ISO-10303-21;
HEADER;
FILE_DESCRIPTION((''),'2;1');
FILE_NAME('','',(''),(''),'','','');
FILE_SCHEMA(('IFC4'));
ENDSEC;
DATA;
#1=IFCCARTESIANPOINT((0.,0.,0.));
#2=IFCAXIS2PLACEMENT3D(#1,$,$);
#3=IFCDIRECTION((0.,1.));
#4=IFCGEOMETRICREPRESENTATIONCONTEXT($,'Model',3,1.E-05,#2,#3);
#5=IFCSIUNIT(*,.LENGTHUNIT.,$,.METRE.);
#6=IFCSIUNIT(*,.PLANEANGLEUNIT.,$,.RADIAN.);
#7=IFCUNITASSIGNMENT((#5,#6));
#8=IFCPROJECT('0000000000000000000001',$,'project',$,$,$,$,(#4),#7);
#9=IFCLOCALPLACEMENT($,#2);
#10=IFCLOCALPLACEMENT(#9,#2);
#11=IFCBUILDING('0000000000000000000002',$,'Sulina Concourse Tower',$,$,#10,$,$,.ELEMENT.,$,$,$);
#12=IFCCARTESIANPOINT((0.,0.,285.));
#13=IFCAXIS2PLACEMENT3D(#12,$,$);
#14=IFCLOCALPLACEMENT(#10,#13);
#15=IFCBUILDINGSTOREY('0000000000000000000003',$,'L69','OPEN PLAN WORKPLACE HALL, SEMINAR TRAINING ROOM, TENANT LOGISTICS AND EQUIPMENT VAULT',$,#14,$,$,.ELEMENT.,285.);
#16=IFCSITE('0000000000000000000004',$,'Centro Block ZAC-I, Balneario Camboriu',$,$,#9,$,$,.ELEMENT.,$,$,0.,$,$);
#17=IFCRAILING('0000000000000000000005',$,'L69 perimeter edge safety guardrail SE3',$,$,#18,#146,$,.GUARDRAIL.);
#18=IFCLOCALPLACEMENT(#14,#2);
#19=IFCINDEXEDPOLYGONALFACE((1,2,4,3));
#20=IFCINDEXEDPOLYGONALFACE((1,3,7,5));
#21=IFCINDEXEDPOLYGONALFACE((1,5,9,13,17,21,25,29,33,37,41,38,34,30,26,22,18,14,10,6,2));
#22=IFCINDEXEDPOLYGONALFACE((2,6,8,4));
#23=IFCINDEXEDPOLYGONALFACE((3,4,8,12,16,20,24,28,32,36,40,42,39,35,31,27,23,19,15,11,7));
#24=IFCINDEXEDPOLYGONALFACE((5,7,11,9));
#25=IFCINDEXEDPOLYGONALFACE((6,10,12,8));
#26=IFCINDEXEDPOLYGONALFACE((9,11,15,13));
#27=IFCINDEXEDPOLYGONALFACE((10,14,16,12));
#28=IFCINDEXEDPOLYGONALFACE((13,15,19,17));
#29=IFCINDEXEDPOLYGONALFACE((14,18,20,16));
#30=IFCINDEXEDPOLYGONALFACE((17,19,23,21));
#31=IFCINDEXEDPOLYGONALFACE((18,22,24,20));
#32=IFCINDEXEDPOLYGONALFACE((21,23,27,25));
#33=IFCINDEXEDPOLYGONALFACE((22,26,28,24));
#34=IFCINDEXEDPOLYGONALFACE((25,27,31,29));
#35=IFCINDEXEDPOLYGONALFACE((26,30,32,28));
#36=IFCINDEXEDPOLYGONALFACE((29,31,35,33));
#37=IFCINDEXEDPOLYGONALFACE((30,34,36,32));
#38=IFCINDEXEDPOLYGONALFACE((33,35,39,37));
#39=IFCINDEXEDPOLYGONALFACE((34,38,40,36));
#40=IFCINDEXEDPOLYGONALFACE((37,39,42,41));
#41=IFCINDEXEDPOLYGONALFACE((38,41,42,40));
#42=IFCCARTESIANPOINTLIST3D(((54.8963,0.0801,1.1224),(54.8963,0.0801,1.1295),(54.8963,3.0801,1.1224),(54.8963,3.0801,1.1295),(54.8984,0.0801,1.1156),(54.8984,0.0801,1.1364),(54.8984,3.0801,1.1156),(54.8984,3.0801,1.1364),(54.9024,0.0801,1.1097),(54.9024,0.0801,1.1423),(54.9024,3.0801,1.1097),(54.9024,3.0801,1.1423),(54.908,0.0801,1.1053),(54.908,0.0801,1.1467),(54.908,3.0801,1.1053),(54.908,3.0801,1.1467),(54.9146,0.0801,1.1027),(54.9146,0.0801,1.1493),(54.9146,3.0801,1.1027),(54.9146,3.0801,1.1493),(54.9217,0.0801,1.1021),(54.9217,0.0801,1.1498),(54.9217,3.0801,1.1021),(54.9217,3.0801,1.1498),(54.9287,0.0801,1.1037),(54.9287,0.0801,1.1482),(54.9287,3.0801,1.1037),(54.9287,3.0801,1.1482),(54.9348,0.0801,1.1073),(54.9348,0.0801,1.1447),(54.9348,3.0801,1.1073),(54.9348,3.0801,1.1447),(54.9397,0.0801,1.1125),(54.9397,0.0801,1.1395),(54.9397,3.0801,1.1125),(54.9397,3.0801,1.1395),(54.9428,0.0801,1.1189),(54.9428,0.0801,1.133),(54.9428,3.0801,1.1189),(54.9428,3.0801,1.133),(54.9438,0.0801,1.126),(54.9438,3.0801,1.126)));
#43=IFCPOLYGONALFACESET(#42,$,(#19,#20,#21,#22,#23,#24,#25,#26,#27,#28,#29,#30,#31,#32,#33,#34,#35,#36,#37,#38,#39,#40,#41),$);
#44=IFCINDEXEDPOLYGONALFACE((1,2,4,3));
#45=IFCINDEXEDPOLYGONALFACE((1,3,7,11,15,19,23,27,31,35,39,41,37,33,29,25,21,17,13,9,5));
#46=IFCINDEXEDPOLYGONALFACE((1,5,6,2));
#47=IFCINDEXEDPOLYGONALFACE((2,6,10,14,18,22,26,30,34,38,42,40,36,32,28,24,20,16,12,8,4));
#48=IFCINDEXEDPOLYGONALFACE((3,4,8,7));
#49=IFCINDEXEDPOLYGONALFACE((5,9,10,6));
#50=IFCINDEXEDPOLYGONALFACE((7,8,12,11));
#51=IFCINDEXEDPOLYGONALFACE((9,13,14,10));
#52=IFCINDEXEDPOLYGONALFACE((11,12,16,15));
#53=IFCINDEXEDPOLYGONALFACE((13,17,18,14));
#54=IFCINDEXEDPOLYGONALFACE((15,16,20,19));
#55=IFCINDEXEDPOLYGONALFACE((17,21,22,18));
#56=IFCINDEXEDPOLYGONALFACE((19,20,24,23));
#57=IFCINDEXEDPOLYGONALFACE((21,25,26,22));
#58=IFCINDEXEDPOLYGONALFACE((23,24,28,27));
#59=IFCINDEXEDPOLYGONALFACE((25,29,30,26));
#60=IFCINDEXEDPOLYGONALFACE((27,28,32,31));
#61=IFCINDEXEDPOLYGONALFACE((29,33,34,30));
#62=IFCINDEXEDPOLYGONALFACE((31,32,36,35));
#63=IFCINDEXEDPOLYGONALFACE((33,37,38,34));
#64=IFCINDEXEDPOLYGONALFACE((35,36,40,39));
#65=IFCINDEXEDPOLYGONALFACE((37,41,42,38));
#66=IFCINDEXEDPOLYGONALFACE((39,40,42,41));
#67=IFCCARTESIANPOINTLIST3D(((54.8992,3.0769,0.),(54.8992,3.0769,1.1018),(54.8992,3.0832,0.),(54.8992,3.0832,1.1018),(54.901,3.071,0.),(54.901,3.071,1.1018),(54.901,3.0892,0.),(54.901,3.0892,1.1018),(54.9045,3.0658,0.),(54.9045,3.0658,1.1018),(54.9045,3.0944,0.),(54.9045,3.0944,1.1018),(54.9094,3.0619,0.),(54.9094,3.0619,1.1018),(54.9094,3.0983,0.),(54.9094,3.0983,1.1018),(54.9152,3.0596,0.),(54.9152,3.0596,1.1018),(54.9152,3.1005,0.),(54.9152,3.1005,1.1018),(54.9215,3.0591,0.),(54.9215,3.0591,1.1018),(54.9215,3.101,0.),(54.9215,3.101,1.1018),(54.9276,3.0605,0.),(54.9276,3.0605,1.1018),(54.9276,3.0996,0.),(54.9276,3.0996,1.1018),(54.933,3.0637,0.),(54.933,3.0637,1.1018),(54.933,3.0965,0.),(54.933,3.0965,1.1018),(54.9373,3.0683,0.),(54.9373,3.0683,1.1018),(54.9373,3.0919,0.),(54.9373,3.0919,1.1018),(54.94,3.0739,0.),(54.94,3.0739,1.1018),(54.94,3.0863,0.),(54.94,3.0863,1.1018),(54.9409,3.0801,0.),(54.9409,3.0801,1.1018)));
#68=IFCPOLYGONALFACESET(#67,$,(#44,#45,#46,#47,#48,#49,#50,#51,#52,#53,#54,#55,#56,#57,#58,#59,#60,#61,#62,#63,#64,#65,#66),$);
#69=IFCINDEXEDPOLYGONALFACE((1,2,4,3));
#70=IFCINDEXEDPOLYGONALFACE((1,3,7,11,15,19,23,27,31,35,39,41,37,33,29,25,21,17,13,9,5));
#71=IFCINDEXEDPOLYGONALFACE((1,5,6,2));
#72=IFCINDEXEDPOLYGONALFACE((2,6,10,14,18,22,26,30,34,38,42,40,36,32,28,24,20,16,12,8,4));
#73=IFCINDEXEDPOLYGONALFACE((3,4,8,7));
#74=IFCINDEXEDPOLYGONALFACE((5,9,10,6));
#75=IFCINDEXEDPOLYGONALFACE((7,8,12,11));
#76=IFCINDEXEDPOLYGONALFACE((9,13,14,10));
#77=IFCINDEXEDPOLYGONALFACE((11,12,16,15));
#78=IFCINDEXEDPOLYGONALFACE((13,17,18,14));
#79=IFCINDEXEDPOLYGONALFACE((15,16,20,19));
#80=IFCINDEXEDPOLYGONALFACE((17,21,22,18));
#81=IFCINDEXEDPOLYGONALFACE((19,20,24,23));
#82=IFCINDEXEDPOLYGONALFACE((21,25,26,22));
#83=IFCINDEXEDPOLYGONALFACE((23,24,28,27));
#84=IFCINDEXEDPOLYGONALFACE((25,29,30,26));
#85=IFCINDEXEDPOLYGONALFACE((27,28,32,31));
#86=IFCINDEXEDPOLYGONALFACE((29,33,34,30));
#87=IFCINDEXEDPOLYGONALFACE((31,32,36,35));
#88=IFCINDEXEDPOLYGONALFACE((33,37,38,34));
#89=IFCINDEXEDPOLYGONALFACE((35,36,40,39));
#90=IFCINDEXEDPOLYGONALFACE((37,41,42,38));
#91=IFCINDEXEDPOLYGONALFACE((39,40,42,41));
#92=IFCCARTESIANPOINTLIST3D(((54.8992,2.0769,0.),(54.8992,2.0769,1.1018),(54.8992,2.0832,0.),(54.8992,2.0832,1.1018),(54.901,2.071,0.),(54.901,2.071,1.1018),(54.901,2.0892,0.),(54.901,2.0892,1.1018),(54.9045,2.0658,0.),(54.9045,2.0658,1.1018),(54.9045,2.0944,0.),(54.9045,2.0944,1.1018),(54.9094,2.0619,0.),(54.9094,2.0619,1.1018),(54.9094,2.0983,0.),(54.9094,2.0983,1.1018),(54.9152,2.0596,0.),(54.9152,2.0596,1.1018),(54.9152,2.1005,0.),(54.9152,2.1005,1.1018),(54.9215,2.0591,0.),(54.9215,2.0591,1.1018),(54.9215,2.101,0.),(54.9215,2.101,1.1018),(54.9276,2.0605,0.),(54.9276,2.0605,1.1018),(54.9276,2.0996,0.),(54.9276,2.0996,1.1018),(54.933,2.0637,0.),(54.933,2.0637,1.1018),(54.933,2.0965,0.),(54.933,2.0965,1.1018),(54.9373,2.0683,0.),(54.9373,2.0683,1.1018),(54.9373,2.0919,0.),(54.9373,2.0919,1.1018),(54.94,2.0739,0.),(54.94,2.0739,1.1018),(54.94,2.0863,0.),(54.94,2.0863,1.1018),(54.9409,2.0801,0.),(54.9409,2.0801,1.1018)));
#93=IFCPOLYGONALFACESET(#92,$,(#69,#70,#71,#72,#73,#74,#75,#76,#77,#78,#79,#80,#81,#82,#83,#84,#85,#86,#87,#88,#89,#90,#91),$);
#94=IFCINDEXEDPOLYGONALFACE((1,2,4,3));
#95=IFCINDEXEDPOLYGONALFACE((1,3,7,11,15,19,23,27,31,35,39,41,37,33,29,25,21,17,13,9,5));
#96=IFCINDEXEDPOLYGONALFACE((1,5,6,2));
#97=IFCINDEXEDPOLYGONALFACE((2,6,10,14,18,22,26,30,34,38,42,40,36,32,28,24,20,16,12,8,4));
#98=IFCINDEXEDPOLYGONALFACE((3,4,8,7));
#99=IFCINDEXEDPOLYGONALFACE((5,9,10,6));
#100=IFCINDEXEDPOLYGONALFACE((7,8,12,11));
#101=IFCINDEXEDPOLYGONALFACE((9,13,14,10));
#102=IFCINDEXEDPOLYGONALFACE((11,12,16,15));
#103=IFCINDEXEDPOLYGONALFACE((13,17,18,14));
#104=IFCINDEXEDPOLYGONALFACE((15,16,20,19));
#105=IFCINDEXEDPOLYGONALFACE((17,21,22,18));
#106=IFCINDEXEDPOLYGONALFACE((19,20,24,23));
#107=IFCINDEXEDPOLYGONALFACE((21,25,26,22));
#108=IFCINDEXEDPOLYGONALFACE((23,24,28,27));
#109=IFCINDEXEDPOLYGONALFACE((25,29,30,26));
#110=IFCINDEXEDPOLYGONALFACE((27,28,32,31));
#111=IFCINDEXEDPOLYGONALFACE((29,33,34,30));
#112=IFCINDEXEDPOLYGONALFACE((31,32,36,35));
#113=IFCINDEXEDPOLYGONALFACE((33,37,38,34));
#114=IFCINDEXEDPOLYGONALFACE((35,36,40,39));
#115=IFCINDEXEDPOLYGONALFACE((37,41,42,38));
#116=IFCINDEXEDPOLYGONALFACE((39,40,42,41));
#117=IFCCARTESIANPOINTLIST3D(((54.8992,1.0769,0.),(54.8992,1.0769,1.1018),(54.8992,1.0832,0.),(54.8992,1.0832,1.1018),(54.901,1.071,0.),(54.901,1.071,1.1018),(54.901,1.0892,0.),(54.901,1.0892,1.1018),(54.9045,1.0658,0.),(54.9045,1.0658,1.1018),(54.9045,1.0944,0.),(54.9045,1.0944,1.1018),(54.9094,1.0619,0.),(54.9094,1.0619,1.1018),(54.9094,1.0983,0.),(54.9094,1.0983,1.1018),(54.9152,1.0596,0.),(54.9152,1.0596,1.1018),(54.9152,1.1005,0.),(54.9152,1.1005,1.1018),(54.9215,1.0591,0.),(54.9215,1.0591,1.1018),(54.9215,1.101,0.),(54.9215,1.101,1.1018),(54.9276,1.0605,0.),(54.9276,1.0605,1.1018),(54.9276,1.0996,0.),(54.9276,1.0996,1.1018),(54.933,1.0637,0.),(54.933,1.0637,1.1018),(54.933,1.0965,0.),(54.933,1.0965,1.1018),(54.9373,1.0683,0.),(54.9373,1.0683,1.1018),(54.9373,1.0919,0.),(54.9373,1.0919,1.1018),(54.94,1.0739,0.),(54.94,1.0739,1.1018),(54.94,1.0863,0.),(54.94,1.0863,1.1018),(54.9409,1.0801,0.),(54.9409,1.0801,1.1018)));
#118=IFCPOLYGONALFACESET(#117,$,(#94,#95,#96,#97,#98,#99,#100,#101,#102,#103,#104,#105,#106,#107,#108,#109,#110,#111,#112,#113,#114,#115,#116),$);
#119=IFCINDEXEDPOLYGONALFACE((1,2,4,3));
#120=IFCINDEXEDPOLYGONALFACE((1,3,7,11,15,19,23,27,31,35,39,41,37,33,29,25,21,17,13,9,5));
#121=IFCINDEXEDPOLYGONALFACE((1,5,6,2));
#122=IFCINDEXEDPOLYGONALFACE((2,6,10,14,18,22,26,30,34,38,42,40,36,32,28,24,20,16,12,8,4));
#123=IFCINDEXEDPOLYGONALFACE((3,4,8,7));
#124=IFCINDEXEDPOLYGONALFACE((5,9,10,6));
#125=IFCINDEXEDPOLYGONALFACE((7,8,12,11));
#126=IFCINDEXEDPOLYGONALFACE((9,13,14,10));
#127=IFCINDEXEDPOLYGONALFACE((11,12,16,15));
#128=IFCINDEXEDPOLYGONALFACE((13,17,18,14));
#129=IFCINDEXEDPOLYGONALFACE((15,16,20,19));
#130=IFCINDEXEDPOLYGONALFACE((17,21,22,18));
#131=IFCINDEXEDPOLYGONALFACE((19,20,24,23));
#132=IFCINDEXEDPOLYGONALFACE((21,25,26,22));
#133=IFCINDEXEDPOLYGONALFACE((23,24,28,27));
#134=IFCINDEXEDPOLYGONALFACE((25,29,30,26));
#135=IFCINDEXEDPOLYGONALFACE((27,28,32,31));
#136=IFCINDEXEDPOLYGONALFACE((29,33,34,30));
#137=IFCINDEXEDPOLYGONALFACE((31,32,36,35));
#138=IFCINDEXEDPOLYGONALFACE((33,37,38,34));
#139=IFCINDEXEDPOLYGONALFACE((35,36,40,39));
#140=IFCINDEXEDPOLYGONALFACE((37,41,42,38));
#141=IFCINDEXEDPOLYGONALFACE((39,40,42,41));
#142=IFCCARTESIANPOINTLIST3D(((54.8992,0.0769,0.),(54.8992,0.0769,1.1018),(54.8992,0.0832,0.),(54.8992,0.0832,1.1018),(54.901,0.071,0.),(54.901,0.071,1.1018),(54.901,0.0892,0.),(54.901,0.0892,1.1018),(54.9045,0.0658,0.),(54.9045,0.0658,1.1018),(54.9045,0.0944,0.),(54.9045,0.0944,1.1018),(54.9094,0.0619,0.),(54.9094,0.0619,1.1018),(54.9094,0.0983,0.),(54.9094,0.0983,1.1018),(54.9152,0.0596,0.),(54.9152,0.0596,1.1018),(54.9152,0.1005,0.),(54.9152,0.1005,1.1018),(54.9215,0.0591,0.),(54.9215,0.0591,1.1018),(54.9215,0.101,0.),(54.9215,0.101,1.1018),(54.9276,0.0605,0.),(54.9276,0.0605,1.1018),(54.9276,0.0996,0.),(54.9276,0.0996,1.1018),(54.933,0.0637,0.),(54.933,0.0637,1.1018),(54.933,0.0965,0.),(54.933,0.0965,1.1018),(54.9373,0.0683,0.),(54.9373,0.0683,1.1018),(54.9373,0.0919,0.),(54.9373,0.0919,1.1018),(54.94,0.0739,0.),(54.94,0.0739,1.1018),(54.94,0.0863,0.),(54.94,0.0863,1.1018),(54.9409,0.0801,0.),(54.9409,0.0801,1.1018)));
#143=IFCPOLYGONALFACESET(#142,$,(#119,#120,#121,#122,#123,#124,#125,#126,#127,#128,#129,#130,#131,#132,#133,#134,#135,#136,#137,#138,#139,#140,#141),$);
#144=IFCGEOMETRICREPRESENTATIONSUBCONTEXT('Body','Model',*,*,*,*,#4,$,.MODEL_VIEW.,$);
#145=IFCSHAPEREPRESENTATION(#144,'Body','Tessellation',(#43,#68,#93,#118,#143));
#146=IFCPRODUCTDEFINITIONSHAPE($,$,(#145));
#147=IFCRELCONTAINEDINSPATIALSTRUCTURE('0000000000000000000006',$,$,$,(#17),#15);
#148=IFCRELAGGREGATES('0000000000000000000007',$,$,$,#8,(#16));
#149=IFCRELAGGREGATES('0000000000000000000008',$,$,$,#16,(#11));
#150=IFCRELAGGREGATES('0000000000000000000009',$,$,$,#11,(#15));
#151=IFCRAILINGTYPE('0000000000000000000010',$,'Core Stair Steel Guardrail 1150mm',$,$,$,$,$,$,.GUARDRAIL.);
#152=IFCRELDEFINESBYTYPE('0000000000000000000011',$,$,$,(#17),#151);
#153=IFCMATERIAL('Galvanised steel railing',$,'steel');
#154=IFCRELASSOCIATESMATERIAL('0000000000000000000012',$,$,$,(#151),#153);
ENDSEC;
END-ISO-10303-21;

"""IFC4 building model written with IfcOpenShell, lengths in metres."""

from ifc_helpers import new_model, si_unit, direction, frame, origin, origin_2d, place, context, subcontext, project, spatial, circle, extrude, material, type_object, element, save


model = new_model("IFC4")

# Units and contexts
model_context = context("Model", 3, precision=1e-05, world=origin(), true_north=direction((0.0, 1.0)))
body_context = subcontext(model_context, "Body", "Model", "MODEL_VIEW")
ifc_project = project(units=[si_unit("LENGTHUNIT", "METRE"), si_unit("PLANEANGLEUNIT", "RADIAN")], contexts=[model_context])

# Site, building, storey
site_placement = place(None, origin())
site = spatial("IfcSite", under=ifc_project, at=site_placement, Name="Centro Block ZAC-I, Balneario Camboriu", CompositionType="ELEMENT", RefElevation=0.0)
building_placement = place(site_placement, origin())
building = spatial("IfcBuilding", under=site, at=building_placement, Name="Sulina Concourse Tower", CompositionType="ELEMENT")
storey_placement = place(building_placement, frame((0.0, 0.0, 285.0)))
storey = spatial("IfcBuildingStorey", under=building, at=storey_placement, Name="L69", Description="OPEN PLAN WORKPLACE HALL, SEMINAR TRAINING ROOM, TENANT LOGISTICS AND EQUIPMENT VAULT", CompositionType="ELEMENT", Elevation=285.0)

# Railing
ifc_material_1 = material(Name="Galvanised steel railing", Category="steel")
railing_type = type_object("IfcRailingType", Name="Core Stair Steel Guardrail 1150mm", PredefinedType="GUARDRAIL", material=ifc_material_1)
railing_1_placement = place(storey_placement, frame((54.9199, 3.0801, 0.0)))
element("IfcRailing", 1, at=railing_1_placement, inside=storey, type_object=railing_type, Name="L69 perimeter edge safety guardrail SE3", PredefinedType="GUARDRAIL", context=body_context, shape_type="SweptSolid", body=[
    extrude(circle(Radius=0.0239, at=origin_2d()), frame((0.0, 0.0, 1.126), z_axis=(0.0, -1.0, 0.0), x_axis=(1.0, 0.0, 0.0)), (0.0, 0.0, 1.0), 3.0),
    extrude(circle(Radius=0.021, at=origin_2d()), origin(), (0.0, 0.0, 1.0), 1.1018),
    extrude(circle(Radius=0.021, at=origin_2d()), frame((0.0, -1.0, 0.0)), (0.0, 0.0, 1.0), 1.1018),
    extrude(circle(Radius=0.021, at=origin_2d()), frame((0.0, -2.0, 0.0)), (0.0, 0.0, 1.0), 1.1018),
    extrude(circle(Radius=0.021, at=origin_2d()), frame((0.0, -3.0, 0.0)), (0.0, 0.0, 1.0), 1.1018),
])

save(model, "model.ifc")
